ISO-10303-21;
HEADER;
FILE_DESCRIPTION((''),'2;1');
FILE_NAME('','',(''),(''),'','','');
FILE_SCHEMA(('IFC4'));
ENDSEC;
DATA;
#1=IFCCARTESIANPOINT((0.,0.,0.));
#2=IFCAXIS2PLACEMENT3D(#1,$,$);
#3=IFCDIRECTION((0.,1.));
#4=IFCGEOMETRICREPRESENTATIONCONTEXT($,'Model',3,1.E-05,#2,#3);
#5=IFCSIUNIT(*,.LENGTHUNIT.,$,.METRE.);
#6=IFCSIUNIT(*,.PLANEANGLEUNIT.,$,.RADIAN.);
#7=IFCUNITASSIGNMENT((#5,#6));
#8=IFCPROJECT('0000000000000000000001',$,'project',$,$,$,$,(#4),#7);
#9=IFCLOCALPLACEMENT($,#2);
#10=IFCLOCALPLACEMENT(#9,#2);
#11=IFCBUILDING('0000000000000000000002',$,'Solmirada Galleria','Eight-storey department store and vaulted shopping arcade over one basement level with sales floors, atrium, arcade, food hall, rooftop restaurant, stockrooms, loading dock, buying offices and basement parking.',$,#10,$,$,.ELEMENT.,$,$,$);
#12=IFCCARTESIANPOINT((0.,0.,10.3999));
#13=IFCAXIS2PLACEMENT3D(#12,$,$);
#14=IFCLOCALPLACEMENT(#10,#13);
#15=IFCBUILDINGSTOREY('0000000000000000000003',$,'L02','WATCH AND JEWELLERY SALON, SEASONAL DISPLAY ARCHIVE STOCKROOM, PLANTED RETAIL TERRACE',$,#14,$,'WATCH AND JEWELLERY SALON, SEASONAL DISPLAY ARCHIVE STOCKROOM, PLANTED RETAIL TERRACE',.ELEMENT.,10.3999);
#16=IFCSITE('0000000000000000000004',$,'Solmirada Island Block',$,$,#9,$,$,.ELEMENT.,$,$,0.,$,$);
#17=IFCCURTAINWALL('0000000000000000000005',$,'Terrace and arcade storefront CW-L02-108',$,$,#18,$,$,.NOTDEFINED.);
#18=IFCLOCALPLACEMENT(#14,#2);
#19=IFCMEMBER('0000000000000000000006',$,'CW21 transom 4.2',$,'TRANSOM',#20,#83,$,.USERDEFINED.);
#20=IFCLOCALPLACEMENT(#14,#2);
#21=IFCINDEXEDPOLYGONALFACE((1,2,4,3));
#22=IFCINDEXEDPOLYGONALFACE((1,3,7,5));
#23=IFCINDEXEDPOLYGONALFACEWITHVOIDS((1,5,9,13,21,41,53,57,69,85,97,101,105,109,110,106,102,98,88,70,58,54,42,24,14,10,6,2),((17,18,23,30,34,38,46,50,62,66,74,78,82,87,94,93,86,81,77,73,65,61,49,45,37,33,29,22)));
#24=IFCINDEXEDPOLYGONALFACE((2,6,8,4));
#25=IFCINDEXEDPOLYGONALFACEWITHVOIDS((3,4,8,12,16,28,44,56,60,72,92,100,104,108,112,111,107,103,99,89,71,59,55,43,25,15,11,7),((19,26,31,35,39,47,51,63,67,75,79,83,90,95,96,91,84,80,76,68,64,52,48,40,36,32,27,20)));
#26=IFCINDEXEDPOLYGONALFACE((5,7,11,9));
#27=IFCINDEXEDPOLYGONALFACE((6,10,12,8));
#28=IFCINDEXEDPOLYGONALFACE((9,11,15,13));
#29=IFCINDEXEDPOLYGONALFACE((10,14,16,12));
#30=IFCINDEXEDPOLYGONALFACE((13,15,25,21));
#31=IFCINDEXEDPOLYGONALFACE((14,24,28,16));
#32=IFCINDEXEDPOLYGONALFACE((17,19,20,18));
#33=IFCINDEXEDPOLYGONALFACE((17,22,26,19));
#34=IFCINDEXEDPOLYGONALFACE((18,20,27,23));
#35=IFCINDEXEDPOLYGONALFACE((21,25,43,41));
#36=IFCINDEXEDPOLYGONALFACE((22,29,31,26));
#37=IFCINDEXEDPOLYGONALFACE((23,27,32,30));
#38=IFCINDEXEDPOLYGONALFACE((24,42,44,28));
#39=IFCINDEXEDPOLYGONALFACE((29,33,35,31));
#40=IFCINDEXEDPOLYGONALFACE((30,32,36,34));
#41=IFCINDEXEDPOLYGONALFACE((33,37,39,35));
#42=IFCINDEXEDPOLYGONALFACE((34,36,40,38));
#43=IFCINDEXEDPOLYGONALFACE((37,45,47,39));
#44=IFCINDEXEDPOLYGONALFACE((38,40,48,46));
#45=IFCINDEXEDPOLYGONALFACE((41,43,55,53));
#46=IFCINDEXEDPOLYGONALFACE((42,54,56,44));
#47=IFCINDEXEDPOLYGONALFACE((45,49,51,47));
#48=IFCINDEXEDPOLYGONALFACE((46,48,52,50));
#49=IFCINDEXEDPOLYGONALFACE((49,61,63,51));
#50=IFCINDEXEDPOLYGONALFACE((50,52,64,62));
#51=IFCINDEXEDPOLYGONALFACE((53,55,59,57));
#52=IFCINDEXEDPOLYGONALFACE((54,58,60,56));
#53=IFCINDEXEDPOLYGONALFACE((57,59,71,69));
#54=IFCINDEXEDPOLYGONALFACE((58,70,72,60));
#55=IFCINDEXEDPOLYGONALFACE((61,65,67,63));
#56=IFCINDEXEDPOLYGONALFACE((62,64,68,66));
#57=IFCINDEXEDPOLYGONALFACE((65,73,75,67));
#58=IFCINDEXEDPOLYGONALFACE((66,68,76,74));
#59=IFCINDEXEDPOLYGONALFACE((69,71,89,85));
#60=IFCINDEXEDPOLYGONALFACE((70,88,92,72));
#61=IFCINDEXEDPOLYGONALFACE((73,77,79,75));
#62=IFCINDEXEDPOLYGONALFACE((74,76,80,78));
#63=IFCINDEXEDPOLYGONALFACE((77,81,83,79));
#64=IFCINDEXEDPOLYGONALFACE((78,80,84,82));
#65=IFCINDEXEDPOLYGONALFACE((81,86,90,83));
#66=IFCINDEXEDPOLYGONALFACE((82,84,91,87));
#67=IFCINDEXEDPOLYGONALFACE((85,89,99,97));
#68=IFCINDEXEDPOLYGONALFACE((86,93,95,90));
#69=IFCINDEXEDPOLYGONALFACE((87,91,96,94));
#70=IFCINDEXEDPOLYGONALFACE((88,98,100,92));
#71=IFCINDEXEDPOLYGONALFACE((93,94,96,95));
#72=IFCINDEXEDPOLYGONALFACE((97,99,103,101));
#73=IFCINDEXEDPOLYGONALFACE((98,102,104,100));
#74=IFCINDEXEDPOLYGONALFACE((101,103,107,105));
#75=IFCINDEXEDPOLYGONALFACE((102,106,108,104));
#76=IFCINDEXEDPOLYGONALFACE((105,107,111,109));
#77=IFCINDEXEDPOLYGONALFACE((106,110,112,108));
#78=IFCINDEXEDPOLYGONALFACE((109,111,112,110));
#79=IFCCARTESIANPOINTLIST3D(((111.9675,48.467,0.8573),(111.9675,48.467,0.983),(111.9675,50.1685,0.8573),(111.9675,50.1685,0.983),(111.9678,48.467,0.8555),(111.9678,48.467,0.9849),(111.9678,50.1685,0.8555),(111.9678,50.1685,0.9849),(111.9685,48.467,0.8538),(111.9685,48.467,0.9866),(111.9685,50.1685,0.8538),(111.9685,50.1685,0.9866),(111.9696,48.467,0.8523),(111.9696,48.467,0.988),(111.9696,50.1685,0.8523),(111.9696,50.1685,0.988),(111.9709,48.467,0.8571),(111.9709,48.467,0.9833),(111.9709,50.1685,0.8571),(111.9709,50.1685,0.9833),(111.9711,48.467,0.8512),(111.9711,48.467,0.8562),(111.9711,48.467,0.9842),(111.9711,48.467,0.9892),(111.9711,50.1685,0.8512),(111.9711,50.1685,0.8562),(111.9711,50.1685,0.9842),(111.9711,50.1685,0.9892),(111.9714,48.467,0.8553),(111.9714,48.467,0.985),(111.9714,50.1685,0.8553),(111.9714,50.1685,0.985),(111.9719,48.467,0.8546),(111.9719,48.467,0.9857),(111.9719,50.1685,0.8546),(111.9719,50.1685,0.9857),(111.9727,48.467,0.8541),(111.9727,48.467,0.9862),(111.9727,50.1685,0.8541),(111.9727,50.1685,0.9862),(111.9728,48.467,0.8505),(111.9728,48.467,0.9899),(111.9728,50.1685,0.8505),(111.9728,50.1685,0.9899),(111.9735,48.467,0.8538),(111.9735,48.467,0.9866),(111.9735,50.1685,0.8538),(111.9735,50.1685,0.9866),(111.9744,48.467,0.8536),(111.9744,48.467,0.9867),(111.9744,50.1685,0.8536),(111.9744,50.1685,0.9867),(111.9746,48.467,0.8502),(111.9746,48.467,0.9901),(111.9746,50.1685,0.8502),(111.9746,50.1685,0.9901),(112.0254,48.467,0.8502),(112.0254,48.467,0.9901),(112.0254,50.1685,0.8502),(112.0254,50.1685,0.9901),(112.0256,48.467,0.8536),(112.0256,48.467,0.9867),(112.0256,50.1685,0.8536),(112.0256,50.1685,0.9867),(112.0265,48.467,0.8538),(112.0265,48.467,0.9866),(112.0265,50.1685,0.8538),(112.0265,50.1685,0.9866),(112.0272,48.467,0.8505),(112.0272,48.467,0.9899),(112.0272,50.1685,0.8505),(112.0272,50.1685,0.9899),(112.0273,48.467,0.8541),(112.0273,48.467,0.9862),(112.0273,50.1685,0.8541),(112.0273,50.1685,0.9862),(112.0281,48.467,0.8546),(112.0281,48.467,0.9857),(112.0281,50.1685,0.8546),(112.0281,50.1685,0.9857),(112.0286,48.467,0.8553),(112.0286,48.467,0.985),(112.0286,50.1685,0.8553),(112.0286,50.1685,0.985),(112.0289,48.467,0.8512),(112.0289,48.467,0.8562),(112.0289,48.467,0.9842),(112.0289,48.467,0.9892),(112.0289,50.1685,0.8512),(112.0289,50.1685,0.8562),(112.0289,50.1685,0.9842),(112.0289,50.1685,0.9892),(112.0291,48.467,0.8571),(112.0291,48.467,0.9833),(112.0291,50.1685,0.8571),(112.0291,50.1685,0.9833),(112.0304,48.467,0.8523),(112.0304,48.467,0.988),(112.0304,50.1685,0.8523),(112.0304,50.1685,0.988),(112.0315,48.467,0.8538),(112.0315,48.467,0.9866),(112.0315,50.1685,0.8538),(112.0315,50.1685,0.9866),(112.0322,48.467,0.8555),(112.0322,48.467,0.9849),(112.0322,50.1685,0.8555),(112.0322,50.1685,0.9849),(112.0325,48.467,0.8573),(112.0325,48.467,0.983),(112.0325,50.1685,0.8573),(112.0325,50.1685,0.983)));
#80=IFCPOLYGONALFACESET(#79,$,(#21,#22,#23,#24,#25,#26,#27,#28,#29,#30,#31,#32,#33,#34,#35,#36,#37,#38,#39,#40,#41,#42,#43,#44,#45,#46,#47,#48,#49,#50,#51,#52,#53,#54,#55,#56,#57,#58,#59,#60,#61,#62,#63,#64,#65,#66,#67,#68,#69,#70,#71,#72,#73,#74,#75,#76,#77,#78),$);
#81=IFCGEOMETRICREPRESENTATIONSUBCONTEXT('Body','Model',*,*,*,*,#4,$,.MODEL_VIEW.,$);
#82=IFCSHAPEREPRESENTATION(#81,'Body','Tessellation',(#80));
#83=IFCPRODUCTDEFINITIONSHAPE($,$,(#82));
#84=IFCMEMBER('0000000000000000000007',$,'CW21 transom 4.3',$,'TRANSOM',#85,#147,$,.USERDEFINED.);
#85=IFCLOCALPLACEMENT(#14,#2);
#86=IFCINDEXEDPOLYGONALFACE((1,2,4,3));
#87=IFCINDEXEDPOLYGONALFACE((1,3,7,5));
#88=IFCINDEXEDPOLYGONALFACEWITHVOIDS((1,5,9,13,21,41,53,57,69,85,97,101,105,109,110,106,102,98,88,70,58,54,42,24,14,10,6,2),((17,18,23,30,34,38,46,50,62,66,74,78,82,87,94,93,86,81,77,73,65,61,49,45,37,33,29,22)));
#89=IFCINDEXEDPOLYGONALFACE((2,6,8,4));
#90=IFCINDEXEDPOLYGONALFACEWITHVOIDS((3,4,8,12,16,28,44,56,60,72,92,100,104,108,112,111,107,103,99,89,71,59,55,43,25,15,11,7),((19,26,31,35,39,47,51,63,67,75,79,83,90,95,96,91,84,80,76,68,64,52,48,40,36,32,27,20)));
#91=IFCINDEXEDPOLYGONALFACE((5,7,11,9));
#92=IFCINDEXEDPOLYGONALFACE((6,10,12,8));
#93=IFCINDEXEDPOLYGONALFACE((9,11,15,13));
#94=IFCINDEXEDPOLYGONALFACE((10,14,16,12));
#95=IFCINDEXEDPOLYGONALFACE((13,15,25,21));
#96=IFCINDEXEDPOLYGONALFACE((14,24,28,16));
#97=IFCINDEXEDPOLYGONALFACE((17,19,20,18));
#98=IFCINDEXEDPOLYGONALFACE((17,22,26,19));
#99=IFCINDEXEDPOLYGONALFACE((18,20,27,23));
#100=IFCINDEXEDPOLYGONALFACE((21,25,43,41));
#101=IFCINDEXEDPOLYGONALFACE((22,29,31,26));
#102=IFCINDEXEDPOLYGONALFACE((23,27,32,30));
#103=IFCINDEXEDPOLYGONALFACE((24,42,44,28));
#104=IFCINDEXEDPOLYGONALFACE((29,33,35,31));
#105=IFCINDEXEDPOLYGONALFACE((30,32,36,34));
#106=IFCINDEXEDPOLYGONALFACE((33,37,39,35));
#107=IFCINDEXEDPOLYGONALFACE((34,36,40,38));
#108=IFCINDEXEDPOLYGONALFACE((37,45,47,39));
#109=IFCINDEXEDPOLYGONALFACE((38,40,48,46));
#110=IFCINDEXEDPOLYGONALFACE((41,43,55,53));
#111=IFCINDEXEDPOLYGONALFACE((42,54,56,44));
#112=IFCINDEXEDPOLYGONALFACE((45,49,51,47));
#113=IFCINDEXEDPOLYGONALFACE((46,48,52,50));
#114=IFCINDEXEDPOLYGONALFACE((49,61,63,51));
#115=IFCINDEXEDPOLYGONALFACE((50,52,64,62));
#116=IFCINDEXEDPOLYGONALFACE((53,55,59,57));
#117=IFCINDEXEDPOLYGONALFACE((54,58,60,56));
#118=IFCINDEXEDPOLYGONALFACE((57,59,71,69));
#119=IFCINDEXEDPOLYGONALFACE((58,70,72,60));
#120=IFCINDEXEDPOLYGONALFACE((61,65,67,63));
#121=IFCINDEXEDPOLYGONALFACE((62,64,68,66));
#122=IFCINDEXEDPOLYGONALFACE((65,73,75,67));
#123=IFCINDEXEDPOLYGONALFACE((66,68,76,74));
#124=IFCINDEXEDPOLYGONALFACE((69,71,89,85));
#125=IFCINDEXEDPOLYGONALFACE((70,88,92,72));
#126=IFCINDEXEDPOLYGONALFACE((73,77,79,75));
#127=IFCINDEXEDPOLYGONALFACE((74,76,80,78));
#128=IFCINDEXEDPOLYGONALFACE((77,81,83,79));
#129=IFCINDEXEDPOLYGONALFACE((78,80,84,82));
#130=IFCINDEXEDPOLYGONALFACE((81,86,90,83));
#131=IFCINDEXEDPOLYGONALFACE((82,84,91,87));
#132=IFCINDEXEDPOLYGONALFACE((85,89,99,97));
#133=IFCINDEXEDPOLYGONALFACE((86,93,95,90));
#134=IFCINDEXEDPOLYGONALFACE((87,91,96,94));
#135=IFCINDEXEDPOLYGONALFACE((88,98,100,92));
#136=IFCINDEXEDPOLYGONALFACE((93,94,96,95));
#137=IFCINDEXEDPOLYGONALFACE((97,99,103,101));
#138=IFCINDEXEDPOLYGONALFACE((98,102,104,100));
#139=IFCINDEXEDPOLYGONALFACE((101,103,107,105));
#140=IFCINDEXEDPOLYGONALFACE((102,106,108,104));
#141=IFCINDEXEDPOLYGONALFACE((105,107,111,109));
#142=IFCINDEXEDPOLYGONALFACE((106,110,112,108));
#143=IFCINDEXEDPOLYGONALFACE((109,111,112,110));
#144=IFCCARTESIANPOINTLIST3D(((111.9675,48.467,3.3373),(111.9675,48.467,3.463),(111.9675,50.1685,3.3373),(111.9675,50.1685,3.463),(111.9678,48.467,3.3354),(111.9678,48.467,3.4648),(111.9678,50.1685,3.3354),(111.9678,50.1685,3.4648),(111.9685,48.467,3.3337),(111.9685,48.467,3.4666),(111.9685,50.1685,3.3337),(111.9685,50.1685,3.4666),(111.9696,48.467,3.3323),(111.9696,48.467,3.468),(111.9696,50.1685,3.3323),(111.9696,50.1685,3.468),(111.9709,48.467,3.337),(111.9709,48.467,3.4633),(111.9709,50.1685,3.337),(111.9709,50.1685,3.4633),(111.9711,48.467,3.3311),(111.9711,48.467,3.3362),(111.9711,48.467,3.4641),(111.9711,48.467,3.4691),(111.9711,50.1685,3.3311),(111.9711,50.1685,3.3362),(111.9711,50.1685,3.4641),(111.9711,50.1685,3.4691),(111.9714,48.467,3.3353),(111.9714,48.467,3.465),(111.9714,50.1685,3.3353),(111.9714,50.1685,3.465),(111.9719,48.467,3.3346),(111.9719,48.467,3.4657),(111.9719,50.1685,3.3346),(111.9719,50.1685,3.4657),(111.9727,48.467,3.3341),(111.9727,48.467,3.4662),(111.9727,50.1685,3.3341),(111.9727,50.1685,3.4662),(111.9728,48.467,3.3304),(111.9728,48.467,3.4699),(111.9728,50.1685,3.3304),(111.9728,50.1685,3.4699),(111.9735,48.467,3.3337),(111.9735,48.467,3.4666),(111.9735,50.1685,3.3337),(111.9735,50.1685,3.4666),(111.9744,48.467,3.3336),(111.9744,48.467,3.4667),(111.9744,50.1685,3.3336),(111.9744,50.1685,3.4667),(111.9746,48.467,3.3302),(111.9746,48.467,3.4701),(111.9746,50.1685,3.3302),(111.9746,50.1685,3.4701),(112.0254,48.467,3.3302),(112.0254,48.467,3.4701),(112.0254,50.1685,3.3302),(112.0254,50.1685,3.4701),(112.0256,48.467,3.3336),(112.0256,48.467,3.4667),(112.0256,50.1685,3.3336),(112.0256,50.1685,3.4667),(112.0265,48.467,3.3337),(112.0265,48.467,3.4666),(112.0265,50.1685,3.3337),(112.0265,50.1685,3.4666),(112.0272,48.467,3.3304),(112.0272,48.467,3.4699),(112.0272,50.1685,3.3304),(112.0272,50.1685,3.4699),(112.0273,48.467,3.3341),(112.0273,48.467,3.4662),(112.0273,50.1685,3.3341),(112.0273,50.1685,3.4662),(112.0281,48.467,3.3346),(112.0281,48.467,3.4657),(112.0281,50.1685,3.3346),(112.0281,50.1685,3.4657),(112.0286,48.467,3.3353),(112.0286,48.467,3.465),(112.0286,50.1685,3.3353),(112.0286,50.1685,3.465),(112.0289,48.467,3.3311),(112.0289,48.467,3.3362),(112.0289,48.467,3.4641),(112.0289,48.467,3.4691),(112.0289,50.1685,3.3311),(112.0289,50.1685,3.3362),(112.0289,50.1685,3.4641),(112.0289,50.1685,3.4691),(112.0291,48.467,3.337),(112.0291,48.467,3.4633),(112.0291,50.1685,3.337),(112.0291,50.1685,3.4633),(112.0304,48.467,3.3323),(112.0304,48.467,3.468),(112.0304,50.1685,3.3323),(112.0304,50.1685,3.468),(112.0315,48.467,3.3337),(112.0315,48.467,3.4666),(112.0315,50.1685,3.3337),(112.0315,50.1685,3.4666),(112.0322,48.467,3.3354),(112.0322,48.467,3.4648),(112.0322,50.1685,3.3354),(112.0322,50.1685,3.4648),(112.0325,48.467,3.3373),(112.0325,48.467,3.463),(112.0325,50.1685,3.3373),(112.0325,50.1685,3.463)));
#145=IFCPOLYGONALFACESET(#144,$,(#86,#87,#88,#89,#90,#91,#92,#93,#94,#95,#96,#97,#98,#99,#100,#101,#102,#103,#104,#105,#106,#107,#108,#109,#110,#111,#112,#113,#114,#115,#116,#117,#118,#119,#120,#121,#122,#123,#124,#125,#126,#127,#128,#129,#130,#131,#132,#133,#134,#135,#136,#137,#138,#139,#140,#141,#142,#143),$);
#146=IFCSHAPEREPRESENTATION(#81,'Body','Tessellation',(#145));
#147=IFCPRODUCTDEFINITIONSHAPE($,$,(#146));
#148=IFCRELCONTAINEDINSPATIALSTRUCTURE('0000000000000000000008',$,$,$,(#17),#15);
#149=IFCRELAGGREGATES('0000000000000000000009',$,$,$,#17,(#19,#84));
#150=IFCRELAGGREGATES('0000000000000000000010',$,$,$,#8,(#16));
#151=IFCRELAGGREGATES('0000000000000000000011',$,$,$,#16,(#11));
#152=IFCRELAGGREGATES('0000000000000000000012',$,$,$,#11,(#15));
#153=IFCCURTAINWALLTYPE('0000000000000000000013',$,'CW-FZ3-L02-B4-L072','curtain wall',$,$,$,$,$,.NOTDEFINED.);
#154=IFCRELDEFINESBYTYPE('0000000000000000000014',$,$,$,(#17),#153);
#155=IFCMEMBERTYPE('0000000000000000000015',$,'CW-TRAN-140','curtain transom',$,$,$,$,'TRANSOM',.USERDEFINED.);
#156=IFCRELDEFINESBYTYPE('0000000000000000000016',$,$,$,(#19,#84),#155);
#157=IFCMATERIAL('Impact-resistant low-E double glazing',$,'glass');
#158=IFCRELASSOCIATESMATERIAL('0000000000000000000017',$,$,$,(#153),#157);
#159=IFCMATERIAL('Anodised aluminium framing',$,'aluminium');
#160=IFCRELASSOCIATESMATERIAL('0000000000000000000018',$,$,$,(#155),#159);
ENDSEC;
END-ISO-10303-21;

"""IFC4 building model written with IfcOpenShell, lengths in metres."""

from ifc_helpers import new_model, si_unit, direction, frame, origin, origin_2d, place, context, subcontext, project, spatial, hollow_rectangle, extrude, material, material_profile, profile_set, type_object, element, aggregate, save


model = new_model("IFC4")

# Units and contexts
model_context = context("Model", 3, precision=1e-05, world=origin(), true_north=direction((0.0, 1.0)))
body_context = subcontext(model_context, "Body", "Model", "MODEL_VIEW")
ifc_project = project(units=[si_unit("LENGTHUNIT", "METRE"), si_unit("PLANEANGLEUNIT", "RADIAN")], contexts=[model_context])

# Site, building, storey
site_placement = place(None, origin())
site = spatial("IfcSite", under=ifc_project, at=site_placement, Name="Solmirada Island Block", CompositionType="ELEMENT", RefElevation=0.0)
building_placement = place(site_placement, origin())
building = spatial("IfcBuilding", under=site, at=building_placement, Name="Solmirada Galleria", Description="Eight-storey department store and vaulted shopping arcade over one basement level with sales floors, atrium, arcade, food hall, rooftop restaurant, stockrooms, loading dock, buying offices and basement parking.", CompositionType="ELEMENT")
storey_placement = place(building_placement, frame((0.0, 0.0, 10.3999)))
storey = spatial("IfcBuildingStorey", under=building, at=storey_placement, Name="L02", Description="WATCH AND JEWELLERY SALON, SEASONAL DISPLAY ARCHIVE STOCKROOM, PLANTED RETAIL TERRACE", LongName="WATCH AND JEWELLERY SALON, SEASONAL DISPLAY ARCHIVE STOCKROOM, PLANTED RETAIL TERRACE", CompositionType="ELEMENT", Elevation=10.3999)

# Curtain wall
ifc_material_1 = material(Name="Impact-resistant low-E double glazing", Category="glass")
curtain_wall_type = type_object("IfcCurtainWallType", Name="CW-FZ3-L02-B4-L072", Description="curtain wall", PredefinedType="NOTDEFINED", material=ifc_material_1)
curtain_wall_1_placement = place(storey_placement, origin())
curtain_wall_1 = element("IfcCurtainWall", 1, at=curtain_wall_1_placement, inside=storey, type_object=curtain_wall_type, Name="Terrace and arcade storefront CW-L02-108", PredefinedType="NOTDEFINED")
ifc_material_2 = material(Name="Anodised aluminium framing", Category="aluminium")

# Members
ifc_material_profile_1 = material_profile(ifc_material_2, hollow_rectangle(XDim=0.0649, YDim=0.1399, WallThickness=0.0034, InnerFilletRadius=0.0034, OuterFilletRadius=0.0071, at=origin_2d()), Name="ALU-TRAN-140X65")
ifc_profile_set_1 = profile_set([ifc_material_profile_1], Name="Anodised aluminium framing")
member_type_1 = type_object("IfcMemberType", Name="CW-TRAN-140", Description="curtain transom", ElementType="TRANSOM", PredefinedType="USERDEFINED", material=ifc_profile_set_1)
member_1_placement = place(storey_placement, frame((112.0, 50.1685, 0.9202), z_axis=(0.0, -1.0, 0.0), x_axis=(1.0, 0.0, 0.0)))
member_1 = element("IfcMember", 2, at=member_1_placement, type_object=member_type_1, Name="CW21 transom 4.2", ObjectType="TRANSOM", PredefinedType="USERDEFINED", context=body_context, shape_type="SweptSolid", body=[
    extrude(hollow_rectangle(XDim=0.0649, YDim=0.1399, WallThickness=0.0034, InnerFilletRadius=0.0034, OuterFilletRadius=0.0071, at=origin_2d()), origin(), (0.0, 0.0, 1.0), 1.7014),
])
member_2_placement = place(storey_placement, frame((112.0, 50.1685, 3.4001), z_axis=(0.0, -1.0, 0.0), x_axis=(1.0, 0.0, 0.0)))
member_2 = element("IfcMember", 3, at=member_2_placement, type_object=member_type_1, Name="CW21 transom 4.3", ObjectType="TRANSOM", PredefinedType="USERDEFINED", context=body_context, shape_type="SweptSolid", body=[
    extrude(hollow_rectangle(XDim=0.0649, YDim=0.1399, WallThickness=0.0034, InnerFilletRadius=0.0034, OuterFilletRadius=0.0071, at=origin_2d()), origin(), (0.0, 0.0, 1.0), 1.7014),
])

aggregate(curtain_wall_1, [member_1, member_2])

save(model, "model.ifc")
